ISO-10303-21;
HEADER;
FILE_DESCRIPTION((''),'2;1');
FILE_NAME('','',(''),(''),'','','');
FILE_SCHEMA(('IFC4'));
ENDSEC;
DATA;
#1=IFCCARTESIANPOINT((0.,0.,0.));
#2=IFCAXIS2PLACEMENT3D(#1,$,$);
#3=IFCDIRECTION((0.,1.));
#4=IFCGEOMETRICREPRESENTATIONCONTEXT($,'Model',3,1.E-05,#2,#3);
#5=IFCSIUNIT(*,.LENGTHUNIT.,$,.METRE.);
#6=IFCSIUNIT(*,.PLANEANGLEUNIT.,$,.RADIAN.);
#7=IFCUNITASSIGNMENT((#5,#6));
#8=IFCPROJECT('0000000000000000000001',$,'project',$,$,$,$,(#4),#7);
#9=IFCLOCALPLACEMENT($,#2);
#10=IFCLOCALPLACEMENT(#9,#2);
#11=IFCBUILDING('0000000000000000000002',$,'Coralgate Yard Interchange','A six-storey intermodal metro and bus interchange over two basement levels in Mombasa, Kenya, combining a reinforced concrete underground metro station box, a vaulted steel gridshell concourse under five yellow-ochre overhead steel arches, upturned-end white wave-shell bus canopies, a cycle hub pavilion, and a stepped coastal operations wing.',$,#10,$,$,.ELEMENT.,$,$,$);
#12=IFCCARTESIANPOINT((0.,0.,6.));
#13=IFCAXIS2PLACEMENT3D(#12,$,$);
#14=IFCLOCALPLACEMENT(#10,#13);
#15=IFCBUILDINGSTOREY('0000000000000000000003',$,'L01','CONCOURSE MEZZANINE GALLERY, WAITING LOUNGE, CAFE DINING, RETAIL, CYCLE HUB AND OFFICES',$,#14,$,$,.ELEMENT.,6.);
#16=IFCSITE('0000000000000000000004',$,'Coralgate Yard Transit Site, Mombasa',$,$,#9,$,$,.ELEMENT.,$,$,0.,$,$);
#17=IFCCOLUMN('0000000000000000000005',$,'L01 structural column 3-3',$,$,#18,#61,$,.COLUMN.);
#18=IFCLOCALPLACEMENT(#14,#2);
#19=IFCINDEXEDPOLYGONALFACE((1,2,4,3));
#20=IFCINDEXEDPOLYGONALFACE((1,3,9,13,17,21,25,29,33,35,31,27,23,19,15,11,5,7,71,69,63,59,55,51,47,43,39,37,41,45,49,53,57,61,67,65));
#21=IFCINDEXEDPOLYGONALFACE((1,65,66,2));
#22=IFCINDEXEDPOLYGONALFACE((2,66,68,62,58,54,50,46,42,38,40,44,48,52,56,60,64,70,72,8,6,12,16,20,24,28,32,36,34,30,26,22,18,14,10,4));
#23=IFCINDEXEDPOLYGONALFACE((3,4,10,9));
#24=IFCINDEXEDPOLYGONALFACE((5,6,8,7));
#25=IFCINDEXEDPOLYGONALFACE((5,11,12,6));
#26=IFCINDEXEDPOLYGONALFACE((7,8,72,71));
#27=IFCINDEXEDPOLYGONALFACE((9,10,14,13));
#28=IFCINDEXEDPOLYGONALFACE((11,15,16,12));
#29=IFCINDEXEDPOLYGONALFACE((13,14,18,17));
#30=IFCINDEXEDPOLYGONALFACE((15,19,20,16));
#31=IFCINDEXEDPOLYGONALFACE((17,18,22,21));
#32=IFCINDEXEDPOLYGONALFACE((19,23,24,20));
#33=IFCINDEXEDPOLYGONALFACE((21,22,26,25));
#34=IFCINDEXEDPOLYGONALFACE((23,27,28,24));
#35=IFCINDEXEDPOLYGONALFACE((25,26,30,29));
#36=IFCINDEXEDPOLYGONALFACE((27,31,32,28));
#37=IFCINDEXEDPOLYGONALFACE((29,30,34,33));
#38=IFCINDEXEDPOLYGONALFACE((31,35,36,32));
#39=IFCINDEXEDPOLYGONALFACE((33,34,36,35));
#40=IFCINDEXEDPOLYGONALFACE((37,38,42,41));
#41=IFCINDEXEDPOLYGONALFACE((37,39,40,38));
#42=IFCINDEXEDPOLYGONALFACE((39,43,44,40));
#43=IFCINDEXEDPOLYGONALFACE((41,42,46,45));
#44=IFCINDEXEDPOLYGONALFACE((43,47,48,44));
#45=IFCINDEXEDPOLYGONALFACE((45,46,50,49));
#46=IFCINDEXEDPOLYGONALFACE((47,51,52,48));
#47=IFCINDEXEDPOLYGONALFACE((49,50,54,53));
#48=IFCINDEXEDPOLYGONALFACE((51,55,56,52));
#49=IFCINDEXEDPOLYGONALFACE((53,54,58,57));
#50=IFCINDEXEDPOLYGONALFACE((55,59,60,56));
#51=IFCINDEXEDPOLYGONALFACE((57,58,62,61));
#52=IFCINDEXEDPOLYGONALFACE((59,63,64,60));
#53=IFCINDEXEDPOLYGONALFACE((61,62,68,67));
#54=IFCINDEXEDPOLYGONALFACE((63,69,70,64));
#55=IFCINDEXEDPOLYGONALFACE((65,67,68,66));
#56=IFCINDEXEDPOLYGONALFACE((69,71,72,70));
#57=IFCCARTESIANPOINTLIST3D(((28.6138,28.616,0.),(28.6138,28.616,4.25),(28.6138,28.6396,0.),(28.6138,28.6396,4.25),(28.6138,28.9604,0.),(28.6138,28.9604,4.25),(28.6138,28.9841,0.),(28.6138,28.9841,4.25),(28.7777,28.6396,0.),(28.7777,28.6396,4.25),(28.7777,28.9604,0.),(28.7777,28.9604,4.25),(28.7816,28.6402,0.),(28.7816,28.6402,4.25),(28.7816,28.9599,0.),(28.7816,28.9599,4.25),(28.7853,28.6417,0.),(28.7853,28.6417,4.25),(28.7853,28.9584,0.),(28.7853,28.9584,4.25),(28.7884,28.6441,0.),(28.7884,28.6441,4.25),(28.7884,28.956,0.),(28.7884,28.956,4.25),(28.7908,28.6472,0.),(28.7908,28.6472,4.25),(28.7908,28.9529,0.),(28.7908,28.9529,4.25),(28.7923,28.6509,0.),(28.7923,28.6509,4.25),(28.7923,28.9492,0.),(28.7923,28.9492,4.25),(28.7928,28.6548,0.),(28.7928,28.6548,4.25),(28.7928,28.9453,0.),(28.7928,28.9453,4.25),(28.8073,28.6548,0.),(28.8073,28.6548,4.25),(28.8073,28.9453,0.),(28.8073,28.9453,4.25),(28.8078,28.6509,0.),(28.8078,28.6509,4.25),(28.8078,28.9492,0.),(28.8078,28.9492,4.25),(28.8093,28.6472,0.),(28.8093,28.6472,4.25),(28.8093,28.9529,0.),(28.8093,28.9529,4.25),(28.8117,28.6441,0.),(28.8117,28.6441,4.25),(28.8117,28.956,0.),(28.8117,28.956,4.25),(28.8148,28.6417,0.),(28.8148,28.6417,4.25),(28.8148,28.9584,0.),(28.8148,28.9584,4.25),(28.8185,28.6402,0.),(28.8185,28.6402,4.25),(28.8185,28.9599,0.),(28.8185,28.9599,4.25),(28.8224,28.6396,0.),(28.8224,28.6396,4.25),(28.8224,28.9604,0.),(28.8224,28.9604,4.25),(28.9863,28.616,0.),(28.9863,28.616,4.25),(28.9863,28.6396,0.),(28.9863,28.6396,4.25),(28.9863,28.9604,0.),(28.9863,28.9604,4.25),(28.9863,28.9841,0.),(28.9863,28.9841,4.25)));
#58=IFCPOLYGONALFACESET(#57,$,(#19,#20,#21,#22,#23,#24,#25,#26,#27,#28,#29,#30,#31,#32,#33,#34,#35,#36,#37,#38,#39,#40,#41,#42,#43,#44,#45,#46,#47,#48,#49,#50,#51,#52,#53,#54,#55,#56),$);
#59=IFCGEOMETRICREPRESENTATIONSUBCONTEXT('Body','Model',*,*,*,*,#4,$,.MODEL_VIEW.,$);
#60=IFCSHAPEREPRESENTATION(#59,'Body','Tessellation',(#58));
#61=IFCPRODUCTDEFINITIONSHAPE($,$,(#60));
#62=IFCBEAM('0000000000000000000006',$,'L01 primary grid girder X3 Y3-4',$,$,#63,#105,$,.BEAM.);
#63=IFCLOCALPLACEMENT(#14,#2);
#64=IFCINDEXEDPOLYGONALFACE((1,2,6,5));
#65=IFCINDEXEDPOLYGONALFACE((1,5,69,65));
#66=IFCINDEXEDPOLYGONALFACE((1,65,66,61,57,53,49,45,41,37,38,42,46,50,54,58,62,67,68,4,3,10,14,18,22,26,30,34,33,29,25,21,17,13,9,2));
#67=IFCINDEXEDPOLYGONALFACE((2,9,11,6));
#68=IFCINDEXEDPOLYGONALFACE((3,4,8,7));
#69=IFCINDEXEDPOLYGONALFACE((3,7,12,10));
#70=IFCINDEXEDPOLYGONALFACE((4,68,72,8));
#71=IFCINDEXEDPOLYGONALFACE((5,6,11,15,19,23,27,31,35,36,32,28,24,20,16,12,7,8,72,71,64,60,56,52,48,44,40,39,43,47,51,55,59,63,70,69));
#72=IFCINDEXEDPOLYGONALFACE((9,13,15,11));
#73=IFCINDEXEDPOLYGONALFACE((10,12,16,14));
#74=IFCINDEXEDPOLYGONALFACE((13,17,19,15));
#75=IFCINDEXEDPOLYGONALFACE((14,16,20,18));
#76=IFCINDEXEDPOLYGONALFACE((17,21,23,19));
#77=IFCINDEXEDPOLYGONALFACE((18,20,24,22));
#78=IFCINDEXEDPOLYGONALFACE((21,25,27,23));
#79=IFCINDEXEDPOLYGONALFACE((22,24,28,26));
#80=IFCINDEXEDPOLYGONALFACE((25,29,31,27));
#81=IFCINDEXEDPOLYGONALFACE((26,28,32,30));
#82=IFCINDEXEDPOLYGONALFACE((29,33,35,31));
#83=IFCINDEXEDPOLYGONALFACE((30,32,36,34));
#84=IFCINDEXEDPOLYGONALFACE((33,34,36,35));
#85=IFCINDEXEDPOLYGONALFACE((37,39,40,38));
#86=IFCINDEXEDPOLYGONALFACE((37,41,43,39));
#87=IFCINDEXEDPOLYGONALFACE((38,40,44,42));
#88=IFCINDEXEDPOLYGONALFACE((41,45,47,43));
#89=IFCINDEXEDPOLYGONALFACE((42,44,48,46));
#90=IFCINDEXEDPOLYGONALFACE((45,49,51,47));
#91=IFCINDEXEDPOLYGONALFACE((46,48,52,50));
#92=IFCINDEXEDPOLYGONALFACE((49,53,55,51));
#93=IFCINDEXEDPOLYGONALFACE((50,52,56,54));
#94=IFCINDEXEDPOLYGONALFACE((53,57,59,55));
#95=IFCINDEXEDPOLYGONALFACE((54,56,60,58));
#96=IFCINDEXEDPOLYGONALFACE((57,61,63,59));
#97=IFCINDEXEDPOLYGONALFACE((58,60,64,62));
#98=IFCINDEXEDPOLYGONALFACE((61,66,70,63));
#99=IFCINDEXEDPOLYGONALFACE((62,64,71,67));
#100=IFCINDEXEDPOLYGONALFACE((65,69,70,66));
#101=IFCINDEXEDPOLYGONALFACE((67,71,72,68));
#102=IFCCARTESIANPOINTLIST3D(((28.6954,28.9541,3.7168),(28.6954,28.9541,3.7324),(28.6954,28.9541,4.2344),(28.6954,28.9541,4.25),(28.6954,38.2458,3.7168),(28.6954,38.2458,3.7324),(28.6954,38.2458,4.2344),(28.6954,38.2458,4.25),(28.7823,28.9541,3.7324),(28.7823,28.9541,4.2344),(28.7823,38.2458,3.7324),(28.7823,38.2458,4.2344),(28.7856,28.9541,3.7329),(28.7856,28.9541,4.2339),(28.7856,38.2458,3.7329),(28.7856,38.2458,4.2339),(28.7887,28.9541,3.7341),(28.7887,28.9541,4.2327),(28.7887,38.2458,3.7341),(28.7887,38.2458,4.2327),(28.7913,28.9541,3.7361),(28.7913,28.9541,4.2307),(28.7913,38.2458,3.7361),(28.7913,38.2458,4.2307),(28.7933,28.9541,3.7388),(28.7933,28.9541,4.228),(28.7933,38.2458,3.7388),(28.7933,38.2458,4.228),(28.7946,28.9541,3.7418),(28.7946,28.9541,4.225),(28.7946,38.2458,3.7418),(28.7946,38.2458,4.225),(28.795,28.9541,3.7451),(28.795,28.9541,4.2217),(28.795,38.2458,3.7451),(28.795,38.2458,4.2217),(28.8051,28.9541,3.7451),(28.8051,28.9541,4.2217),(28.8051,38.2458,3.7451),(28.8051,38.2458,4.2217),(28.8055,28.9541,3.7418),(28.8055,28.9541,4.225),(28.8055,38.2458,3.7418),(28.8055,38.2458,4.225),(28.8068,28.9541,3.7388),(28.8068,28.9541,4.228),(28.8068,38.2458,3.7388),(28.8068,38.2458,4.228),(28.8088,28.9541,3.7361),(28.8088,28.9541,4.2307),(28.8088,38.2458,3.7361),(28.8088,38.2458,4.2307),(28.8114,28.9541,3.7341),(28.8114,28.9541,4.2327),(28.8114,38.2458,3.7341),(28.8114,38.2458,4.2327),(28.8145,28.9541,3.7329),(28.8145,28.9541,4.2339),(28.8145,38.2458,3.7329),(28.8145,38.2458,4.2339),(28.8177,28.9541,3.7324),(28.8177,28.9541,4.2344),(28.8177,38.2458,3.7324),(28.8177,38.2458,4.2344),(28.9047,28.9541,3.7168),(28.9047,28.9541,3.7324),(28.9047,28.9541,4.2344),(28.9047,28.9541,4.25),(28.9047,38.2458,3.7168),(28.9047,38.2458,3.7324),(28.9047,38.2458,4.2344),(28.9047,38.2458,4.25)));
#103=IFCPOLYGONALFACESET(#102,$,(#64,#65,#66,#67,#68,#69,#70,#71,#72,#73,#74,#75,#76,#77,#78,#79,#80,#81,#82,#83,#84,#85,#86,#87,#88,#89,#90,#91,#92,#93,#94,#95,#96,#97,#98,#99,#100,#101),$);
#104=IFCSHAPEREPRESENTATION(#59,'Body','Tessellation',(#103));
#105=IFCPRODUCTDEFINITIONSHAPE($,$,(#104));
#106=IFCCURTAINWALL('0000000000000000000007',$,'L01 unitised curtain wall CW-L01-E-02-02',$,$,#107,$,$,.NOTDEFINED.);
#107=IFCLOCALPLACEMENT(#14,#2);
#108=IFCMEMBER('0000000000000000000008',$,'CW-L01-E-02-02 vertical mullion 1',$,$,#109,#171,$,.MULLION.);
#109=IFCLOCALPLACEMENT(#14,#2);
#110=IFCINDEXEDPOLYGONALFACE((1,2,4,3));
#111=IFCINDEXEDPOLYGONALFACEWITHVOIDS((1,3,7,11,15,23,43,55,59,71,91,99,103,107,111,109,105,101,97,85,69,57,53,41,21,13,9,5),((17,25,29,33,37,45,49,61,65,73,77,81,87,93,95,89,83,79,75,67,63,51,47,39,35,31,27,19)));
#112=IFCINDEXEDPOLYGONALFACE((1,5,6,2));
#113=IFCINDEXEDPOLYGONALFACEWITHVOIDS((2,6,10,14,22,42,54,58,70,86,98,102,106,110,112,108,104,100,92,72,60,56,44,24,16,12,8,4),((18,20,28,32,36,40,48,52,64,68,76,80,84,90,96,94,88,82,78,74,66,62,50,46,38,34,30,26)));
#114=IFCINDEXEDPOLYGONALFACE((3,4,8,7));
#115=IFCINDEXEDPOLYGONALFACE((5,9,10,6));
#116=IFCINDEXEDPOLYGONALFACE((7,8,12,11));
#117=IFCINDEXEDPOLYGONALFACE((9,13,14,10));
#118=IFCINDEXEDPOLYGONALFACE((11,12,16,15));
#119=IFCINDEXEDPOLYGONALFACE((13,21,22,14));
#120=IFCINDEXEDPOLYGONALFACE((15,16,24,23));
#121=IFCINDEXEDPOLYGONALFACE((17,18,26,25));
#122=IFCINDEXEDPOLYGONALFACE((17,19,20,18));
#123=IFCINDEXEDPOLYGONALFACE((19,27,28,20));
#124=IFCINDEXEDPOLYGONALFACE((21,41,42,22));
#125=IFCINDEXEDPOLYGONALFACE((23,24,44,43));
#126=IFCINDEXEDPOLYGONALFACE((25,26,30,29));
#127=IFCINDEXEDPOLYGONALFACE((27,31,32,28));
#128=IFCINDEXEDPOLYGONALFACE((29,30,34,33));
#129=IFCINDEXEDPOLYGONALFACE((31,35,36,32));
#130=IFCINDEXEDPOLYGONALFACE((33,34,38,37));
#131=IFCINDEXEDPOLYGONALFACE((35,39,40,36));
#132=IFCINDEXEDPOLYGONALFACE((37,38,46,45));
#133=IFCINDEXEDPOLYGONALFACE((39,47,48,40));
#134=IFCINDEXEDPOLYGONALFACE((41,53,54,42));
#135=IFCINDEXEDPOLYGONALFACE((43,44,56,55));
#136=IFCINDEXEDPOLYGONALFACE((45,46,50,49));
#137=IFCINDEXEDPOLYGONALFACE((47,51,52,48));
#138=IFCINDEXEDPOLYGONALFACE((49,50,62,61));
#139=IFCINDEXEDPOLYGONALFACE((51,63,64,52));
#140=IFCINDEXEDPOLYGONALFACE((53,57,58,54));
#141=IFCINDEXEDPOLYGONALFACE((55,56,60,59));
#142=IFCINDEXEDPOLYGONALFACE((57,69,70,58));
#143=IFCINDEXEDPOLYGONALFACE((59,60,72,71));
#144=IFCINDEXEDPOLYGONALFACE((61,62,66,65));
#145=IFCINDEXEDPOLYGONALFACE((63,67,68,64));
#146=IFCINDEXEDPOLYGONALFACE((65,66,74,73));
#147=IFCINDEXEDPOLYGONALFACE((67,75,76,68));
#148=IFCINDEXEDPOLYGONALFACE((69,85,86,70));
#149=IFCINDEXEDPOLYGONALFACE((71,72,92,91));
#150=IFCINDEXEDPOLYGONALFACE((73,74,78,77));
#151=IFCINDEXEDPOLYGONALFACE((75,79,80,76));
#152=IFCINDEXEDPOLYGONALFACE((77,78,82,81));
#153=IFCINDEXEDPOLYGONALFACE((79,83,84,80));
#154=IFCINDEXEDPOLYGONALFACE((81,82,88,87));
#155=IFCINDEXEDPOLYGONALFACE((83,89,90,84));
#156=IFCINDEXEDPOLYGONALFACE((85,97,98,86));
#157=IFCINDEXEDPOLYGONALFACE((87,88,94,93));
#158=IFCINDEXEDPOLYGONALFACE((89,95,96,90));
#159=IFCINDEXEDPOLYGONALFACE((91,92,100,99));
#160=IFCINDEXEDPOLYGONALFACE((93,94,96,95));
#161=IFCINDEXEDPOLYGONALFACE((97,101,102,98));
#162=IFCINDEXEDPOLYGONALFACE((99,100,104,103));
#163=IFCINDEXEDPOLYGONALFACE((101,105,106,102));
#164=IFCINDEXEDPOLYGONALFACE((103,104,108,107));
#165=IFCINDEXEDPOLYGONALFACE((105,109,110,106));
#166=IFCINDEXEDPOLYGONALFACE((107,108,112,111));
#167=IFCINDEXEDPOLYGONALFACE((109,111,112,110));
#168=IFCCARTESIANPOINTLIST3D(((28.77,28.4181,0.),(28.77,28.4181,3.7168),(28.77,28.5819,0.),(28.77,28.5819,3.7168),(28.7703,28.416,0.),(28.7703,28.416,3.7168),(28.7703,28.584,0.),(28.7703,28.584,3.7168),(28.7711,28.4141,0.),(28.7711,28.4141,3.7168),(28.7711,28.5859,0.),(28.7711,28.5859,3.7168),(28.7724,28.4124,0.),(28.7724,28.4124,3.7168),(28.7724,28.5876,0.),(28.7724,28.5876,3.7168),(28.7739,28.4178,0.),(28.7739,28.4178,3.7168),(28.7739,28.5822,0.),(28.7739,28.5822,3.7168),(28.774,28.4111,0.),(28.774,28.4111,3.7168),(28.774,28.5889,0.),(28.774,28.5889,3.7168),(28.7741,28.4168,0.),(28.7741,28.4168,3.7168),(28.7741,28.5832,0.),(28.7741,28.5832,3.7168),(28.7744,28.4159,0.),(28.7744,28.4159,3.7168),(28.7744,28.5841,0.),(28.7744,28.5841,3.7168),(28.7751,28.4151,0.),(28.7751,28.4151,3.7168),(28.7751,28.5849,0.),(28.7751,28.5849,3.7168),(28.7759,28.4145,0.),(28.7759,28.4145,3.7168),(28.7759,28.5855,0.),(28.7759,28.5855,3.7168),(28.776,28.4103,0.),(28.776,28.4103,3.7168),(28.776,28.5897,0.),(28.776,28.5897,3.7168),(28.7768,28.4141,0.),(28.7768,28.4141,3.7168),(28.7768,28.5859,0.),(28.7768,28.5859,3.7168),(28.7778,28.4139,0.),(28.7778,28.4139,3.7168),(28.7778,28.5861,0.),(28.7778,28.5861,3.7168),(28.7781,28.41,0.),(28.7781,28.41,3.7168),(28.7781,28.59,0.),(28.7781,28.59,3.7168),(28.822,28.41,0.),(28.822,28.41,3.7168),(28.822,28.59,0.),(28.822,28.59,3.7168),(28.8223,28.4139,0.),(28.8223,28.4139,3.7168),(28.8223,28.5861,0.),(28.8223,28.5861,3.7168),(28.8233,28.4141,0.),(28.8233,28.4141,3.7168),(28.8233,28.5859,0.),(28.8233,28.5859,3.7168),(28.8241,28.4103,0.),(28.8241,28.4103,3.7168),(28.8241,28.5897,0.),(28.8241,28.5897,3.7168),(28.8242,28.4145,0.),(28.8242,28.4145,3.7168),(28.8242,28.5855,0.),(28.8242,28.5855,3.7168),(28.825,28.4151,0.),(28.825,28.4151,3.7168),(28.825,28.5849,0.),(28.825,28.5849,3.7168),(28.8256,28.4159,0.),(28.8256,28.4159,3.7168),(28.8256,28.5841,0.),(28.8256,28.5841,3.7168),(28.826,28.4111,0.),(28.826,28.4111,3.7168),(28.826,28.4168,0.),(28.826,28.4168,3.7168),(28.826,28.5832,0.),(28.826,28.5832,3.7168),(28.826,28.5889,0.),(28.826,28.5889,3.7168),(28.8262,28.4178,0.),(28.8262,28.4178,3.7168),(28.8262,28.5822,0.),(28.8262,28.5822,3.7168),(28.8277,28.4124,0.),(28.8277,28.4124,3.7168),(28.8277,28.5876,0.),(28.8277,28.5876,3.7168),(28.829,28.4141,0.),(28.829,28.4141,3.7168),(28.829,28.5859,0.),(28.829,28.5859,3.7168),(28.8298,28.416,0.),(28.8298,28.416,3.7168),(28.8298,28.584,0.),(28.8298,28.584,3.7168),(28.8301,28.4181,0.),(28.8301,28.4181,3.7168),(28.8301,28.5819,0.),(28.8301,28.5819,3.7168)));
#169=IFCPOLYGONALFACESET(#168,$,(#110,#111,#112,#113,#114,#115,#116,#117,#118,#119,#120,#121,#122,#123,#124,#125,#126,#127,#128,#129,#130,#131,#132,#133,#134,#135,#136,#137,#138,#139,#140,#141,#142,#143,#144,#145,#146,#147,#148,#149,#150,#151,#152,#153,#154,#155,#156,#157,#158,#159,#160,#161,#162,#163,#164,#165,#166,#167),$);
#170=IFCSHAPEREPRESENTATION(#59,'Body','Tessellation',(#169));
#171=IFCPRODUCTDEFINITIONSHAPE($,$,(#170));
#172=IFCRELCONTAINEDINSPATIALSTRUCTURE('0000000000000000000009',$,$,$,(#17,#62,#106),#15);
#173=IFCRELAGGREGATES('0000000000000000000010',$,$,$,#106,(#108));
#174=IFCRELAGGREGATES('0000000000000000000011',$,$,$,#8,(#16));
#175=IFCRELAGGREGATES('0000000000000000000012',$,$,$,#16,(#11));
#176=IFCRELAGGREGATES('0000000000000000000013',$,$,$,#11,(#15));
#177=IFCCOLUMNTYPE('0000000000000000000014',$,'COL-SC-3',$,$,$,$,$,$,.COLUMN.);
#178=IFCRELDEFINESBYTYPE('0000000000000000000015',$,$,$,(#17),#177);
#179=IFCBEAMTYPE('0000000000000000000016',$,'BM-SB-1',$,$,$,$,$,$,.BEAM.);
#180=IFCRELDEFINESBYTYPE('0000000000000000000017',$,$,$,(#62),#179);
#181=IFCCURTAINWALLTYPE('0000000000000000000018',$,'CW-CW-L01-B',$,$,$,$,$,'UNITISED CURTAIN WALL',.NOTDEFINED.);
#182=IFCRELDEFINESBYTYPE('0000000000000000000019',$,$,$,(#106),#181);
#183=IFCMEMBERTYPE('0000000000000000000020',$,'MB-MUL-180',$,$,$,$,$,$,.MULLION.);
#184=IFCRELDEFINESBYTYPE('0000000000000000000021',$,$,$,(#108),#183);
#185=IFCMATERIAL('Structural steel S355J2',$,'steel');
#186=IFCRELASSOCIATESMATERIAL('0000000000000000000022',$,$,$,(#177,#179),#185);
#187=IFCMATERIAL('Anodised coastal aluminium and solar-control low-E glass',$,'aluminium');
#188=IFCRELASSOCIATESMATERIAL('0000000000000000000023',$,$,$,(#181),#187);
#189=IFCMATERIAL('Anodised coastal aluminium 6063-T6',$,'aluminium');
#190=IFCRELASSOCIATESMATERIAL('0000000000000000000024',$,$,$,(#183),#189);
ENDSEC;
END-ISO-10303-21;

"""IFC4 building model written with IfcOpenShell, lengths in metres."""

from ifc_helpers import new_model, si_unit, direction, frame, origin, origin_2d, place, context, subcontext, project, spatial, hollow_rectangle, i_section, extrude, material, material_profile, profile_set, type_object, element, aggregate, save


model = new_model("IFC4")

# Units and contexts
model_context = context("Model", 3, precision=1e-05, world=origin(), true_north=direction((0.0, 1.0)))
body_context = subcontext(model_context, "Body", "Model", "MODEL_VIEW")
ifc_project = project(units=[si_unit("LENGTHUNIT", "METRE"), si_unit("PLANEANGLEUNIT", "RADIAN")], contexts=[model_context])

# Site, building, storey
site_placement = place(None, origin())
site = spatial("IfcSite", under=ifc_project, at=site_placement, Name="Coralgate Yard Transit Site, Mombasa", CompositionType="ELEMENT", RefElevation=0.0)
building_placement = place(site_placement, origin())
building = spatial("IfcBuilding", under=site, at=building_placement, Name="Coralgate Yard Interchange", Description="A six-storey intermodal metro and bus interchange over two basement levels in Mombasa, Kenya, combining a reinforced concrete underground metro station box, a vaulted steel gridshell concourse under five yellow-ochre overhead steel arches, upturned-end white wave-shell bus canopies, a cycle hub pavilion, and a stepped coastal operations wing.", CompositionType="ELEMENT")
storey_placement = place(building_placement, frame((0.0, 0.0, 6.0)))
storey = spatial("IfcBuildingStorey", under=building, at=storey_placement, Name="L01", Description="CONCOURSE MEZZANINE GALLERY, WAITING LOUNGE, CAFE DINING, RETAIL, CYCLE HUB AND OFFICES", CompositionType="ELEMENT", Elevation=6.0)

# Column
ifc_material_1 = material(Name="Structural steel S355J2", Category="steel")
ifc_material_profile_1 = material_profile(ifc_material_1, i_section(OverallWidth=0.3726, OverallDepth=0.3682, WebThickness=0.0144, FlangeThickness=0.0237, FilletRadius=0.0151, at=origin_2d()), Name="UC 356x368x177")
ifc_profile_set_1 = profile_set([ifc_material_profile_1], Name="Structural steel S355J2")
column_type = type_object("IfcColumnType", Name="COL-SC-3", PredefinedType="COLUMN", material=ifc_profile_set_1)
column_placement = place(storey_placement, frame((28.8, 28.8, 0.0), z_axis=(0.0, 0.0, 1.0), x_axis=(1.0, 0.0, 0.0)))
element("IfcColumn", 1, at=column_placement, inside=storey, type_object=column_type, Name="L01 structural column 3-3", PredefinedType="COLUMN", context=body_context, shape_type="SweptSolid", body=[
    extrude(i_section(OverallWidth=0.3726, OverallDepth=0.3682, WebThickness=0.0144, FlangeThickness=0.0237, FilletRadius=0.0151, at=origin_2d()), origin(), (0.0, 0.0, 1.0), 4.25),
])

# Beam
ifc_material_profile_2 = material_profile(ifc_material_1, i_section(OverallWidth=0.2092, OverallDepth=0.5332, WebThickness=0.01, FlangeThickness=0.0156, FilletRadius=0.0127, at=origin_2d()), Name="UB 533x210x92")
ifc_profile_set_2 = profile_set([ifc_material_profile_2], Name="Structural steel S355J2")
beam_type = type_object("IfcBeamType", Name="BM-SB-1", PredefinedType="BEAM", material=ifc_profile_set_2)
beam_placement = place(storey_placement, frame((28.8, 28.9541, 3.9834), z_axis=(0.0, 1.0, 0.0), x_axis=(-1.0, 0.0, 0.0)))
element("IfcBeam", 2, at=beam_placement, inside=storey, type_object=beam_type, Name="L01 primary grid girder X3 Y3-4", PredefinedType="BEAM", context=body_context, shape_type="SweptSolid", body=[
    extrude(i_section(OverallWidth=0.2092, OverallDepth=0.5332, WebThickness=0.01, FlangeThickness=0.0156, FilletRadius=0.0127, at=origin_2d()), origin(), (0.0, 0.0, 1.0), 9.2917),
])

# Curtain wall, member
ifc_material_2 = material(Name="Anodised coastal aluminium and solar-control low-E glass", Category="aluminium")
curtain_wall_type_1 = type_object("IfcCurtainWallType", Name="CW-CW-L01-B", ElementType="UNITISED CURTAIN WALL", PredefinedType="NOTDEFINED", material=ifc_material_2)
curtain_wall_1_placement = place(storey_placement, origin())
curtain_wall_1 = element("IfcCurtainWall", 3, at=curtain_wall_1_placement, inside=storey, type_object=curtain_wall_type_1, Name="L01 unitised curtain wall CW-L01-E-02-02", PredefinedType="NOTDEFINED")
ifc_material_3 = material(Name="Anodised coastal aluminium 6063-T6", Category="aluminium")
ifc_material_profile_3 = material_profile(ifc_material_3, hollow_rectangle(XDim=0.0601, YDim=0.1799, WallThickness=0.0039, InnerFilletRadius=0.0039, OuterFilletRadius=0.0081, at=origin_2d()), Name="ALU 60x180x4")
ifc_profile_set_3 = profile_set([ifc_material_profile_3], Name="Anodised coastal aluminium 6063-T6")
member_type_1 = type_object("IfcMemberType", Name="MB-MUL-180", PredefinedType="MULLION", material=ifc_profile_set_3)
member_1_placement = place(storey_placement, frame((28.8, 28.5, 0.0), z_axis=(0.0, 0.0, 1.0), x_axis=(1.0, 0.0, 0.0)))
member_1 = element("IfcMember", 4, at=member_1_placement, type_object=member_type_1, Name="CW-L01-E-02-02 vertical mullion 1", PredefinedType="MULLION", context=body_context, shape_type="SweptSolid", body=[
    extrude(hollow_rectangle(XDim=0.0601, YDim=0.1799, WallThickness=0.0039, InnerFilletRadius=0.0039, OuterFilletRadius=0.0081, at=origin_2d()), origin(), (0.0, 0.0, 1.0), 3.7168),
])

aggregate(curtain_wall_1, [member_1])

save(model, "model.ifc")
